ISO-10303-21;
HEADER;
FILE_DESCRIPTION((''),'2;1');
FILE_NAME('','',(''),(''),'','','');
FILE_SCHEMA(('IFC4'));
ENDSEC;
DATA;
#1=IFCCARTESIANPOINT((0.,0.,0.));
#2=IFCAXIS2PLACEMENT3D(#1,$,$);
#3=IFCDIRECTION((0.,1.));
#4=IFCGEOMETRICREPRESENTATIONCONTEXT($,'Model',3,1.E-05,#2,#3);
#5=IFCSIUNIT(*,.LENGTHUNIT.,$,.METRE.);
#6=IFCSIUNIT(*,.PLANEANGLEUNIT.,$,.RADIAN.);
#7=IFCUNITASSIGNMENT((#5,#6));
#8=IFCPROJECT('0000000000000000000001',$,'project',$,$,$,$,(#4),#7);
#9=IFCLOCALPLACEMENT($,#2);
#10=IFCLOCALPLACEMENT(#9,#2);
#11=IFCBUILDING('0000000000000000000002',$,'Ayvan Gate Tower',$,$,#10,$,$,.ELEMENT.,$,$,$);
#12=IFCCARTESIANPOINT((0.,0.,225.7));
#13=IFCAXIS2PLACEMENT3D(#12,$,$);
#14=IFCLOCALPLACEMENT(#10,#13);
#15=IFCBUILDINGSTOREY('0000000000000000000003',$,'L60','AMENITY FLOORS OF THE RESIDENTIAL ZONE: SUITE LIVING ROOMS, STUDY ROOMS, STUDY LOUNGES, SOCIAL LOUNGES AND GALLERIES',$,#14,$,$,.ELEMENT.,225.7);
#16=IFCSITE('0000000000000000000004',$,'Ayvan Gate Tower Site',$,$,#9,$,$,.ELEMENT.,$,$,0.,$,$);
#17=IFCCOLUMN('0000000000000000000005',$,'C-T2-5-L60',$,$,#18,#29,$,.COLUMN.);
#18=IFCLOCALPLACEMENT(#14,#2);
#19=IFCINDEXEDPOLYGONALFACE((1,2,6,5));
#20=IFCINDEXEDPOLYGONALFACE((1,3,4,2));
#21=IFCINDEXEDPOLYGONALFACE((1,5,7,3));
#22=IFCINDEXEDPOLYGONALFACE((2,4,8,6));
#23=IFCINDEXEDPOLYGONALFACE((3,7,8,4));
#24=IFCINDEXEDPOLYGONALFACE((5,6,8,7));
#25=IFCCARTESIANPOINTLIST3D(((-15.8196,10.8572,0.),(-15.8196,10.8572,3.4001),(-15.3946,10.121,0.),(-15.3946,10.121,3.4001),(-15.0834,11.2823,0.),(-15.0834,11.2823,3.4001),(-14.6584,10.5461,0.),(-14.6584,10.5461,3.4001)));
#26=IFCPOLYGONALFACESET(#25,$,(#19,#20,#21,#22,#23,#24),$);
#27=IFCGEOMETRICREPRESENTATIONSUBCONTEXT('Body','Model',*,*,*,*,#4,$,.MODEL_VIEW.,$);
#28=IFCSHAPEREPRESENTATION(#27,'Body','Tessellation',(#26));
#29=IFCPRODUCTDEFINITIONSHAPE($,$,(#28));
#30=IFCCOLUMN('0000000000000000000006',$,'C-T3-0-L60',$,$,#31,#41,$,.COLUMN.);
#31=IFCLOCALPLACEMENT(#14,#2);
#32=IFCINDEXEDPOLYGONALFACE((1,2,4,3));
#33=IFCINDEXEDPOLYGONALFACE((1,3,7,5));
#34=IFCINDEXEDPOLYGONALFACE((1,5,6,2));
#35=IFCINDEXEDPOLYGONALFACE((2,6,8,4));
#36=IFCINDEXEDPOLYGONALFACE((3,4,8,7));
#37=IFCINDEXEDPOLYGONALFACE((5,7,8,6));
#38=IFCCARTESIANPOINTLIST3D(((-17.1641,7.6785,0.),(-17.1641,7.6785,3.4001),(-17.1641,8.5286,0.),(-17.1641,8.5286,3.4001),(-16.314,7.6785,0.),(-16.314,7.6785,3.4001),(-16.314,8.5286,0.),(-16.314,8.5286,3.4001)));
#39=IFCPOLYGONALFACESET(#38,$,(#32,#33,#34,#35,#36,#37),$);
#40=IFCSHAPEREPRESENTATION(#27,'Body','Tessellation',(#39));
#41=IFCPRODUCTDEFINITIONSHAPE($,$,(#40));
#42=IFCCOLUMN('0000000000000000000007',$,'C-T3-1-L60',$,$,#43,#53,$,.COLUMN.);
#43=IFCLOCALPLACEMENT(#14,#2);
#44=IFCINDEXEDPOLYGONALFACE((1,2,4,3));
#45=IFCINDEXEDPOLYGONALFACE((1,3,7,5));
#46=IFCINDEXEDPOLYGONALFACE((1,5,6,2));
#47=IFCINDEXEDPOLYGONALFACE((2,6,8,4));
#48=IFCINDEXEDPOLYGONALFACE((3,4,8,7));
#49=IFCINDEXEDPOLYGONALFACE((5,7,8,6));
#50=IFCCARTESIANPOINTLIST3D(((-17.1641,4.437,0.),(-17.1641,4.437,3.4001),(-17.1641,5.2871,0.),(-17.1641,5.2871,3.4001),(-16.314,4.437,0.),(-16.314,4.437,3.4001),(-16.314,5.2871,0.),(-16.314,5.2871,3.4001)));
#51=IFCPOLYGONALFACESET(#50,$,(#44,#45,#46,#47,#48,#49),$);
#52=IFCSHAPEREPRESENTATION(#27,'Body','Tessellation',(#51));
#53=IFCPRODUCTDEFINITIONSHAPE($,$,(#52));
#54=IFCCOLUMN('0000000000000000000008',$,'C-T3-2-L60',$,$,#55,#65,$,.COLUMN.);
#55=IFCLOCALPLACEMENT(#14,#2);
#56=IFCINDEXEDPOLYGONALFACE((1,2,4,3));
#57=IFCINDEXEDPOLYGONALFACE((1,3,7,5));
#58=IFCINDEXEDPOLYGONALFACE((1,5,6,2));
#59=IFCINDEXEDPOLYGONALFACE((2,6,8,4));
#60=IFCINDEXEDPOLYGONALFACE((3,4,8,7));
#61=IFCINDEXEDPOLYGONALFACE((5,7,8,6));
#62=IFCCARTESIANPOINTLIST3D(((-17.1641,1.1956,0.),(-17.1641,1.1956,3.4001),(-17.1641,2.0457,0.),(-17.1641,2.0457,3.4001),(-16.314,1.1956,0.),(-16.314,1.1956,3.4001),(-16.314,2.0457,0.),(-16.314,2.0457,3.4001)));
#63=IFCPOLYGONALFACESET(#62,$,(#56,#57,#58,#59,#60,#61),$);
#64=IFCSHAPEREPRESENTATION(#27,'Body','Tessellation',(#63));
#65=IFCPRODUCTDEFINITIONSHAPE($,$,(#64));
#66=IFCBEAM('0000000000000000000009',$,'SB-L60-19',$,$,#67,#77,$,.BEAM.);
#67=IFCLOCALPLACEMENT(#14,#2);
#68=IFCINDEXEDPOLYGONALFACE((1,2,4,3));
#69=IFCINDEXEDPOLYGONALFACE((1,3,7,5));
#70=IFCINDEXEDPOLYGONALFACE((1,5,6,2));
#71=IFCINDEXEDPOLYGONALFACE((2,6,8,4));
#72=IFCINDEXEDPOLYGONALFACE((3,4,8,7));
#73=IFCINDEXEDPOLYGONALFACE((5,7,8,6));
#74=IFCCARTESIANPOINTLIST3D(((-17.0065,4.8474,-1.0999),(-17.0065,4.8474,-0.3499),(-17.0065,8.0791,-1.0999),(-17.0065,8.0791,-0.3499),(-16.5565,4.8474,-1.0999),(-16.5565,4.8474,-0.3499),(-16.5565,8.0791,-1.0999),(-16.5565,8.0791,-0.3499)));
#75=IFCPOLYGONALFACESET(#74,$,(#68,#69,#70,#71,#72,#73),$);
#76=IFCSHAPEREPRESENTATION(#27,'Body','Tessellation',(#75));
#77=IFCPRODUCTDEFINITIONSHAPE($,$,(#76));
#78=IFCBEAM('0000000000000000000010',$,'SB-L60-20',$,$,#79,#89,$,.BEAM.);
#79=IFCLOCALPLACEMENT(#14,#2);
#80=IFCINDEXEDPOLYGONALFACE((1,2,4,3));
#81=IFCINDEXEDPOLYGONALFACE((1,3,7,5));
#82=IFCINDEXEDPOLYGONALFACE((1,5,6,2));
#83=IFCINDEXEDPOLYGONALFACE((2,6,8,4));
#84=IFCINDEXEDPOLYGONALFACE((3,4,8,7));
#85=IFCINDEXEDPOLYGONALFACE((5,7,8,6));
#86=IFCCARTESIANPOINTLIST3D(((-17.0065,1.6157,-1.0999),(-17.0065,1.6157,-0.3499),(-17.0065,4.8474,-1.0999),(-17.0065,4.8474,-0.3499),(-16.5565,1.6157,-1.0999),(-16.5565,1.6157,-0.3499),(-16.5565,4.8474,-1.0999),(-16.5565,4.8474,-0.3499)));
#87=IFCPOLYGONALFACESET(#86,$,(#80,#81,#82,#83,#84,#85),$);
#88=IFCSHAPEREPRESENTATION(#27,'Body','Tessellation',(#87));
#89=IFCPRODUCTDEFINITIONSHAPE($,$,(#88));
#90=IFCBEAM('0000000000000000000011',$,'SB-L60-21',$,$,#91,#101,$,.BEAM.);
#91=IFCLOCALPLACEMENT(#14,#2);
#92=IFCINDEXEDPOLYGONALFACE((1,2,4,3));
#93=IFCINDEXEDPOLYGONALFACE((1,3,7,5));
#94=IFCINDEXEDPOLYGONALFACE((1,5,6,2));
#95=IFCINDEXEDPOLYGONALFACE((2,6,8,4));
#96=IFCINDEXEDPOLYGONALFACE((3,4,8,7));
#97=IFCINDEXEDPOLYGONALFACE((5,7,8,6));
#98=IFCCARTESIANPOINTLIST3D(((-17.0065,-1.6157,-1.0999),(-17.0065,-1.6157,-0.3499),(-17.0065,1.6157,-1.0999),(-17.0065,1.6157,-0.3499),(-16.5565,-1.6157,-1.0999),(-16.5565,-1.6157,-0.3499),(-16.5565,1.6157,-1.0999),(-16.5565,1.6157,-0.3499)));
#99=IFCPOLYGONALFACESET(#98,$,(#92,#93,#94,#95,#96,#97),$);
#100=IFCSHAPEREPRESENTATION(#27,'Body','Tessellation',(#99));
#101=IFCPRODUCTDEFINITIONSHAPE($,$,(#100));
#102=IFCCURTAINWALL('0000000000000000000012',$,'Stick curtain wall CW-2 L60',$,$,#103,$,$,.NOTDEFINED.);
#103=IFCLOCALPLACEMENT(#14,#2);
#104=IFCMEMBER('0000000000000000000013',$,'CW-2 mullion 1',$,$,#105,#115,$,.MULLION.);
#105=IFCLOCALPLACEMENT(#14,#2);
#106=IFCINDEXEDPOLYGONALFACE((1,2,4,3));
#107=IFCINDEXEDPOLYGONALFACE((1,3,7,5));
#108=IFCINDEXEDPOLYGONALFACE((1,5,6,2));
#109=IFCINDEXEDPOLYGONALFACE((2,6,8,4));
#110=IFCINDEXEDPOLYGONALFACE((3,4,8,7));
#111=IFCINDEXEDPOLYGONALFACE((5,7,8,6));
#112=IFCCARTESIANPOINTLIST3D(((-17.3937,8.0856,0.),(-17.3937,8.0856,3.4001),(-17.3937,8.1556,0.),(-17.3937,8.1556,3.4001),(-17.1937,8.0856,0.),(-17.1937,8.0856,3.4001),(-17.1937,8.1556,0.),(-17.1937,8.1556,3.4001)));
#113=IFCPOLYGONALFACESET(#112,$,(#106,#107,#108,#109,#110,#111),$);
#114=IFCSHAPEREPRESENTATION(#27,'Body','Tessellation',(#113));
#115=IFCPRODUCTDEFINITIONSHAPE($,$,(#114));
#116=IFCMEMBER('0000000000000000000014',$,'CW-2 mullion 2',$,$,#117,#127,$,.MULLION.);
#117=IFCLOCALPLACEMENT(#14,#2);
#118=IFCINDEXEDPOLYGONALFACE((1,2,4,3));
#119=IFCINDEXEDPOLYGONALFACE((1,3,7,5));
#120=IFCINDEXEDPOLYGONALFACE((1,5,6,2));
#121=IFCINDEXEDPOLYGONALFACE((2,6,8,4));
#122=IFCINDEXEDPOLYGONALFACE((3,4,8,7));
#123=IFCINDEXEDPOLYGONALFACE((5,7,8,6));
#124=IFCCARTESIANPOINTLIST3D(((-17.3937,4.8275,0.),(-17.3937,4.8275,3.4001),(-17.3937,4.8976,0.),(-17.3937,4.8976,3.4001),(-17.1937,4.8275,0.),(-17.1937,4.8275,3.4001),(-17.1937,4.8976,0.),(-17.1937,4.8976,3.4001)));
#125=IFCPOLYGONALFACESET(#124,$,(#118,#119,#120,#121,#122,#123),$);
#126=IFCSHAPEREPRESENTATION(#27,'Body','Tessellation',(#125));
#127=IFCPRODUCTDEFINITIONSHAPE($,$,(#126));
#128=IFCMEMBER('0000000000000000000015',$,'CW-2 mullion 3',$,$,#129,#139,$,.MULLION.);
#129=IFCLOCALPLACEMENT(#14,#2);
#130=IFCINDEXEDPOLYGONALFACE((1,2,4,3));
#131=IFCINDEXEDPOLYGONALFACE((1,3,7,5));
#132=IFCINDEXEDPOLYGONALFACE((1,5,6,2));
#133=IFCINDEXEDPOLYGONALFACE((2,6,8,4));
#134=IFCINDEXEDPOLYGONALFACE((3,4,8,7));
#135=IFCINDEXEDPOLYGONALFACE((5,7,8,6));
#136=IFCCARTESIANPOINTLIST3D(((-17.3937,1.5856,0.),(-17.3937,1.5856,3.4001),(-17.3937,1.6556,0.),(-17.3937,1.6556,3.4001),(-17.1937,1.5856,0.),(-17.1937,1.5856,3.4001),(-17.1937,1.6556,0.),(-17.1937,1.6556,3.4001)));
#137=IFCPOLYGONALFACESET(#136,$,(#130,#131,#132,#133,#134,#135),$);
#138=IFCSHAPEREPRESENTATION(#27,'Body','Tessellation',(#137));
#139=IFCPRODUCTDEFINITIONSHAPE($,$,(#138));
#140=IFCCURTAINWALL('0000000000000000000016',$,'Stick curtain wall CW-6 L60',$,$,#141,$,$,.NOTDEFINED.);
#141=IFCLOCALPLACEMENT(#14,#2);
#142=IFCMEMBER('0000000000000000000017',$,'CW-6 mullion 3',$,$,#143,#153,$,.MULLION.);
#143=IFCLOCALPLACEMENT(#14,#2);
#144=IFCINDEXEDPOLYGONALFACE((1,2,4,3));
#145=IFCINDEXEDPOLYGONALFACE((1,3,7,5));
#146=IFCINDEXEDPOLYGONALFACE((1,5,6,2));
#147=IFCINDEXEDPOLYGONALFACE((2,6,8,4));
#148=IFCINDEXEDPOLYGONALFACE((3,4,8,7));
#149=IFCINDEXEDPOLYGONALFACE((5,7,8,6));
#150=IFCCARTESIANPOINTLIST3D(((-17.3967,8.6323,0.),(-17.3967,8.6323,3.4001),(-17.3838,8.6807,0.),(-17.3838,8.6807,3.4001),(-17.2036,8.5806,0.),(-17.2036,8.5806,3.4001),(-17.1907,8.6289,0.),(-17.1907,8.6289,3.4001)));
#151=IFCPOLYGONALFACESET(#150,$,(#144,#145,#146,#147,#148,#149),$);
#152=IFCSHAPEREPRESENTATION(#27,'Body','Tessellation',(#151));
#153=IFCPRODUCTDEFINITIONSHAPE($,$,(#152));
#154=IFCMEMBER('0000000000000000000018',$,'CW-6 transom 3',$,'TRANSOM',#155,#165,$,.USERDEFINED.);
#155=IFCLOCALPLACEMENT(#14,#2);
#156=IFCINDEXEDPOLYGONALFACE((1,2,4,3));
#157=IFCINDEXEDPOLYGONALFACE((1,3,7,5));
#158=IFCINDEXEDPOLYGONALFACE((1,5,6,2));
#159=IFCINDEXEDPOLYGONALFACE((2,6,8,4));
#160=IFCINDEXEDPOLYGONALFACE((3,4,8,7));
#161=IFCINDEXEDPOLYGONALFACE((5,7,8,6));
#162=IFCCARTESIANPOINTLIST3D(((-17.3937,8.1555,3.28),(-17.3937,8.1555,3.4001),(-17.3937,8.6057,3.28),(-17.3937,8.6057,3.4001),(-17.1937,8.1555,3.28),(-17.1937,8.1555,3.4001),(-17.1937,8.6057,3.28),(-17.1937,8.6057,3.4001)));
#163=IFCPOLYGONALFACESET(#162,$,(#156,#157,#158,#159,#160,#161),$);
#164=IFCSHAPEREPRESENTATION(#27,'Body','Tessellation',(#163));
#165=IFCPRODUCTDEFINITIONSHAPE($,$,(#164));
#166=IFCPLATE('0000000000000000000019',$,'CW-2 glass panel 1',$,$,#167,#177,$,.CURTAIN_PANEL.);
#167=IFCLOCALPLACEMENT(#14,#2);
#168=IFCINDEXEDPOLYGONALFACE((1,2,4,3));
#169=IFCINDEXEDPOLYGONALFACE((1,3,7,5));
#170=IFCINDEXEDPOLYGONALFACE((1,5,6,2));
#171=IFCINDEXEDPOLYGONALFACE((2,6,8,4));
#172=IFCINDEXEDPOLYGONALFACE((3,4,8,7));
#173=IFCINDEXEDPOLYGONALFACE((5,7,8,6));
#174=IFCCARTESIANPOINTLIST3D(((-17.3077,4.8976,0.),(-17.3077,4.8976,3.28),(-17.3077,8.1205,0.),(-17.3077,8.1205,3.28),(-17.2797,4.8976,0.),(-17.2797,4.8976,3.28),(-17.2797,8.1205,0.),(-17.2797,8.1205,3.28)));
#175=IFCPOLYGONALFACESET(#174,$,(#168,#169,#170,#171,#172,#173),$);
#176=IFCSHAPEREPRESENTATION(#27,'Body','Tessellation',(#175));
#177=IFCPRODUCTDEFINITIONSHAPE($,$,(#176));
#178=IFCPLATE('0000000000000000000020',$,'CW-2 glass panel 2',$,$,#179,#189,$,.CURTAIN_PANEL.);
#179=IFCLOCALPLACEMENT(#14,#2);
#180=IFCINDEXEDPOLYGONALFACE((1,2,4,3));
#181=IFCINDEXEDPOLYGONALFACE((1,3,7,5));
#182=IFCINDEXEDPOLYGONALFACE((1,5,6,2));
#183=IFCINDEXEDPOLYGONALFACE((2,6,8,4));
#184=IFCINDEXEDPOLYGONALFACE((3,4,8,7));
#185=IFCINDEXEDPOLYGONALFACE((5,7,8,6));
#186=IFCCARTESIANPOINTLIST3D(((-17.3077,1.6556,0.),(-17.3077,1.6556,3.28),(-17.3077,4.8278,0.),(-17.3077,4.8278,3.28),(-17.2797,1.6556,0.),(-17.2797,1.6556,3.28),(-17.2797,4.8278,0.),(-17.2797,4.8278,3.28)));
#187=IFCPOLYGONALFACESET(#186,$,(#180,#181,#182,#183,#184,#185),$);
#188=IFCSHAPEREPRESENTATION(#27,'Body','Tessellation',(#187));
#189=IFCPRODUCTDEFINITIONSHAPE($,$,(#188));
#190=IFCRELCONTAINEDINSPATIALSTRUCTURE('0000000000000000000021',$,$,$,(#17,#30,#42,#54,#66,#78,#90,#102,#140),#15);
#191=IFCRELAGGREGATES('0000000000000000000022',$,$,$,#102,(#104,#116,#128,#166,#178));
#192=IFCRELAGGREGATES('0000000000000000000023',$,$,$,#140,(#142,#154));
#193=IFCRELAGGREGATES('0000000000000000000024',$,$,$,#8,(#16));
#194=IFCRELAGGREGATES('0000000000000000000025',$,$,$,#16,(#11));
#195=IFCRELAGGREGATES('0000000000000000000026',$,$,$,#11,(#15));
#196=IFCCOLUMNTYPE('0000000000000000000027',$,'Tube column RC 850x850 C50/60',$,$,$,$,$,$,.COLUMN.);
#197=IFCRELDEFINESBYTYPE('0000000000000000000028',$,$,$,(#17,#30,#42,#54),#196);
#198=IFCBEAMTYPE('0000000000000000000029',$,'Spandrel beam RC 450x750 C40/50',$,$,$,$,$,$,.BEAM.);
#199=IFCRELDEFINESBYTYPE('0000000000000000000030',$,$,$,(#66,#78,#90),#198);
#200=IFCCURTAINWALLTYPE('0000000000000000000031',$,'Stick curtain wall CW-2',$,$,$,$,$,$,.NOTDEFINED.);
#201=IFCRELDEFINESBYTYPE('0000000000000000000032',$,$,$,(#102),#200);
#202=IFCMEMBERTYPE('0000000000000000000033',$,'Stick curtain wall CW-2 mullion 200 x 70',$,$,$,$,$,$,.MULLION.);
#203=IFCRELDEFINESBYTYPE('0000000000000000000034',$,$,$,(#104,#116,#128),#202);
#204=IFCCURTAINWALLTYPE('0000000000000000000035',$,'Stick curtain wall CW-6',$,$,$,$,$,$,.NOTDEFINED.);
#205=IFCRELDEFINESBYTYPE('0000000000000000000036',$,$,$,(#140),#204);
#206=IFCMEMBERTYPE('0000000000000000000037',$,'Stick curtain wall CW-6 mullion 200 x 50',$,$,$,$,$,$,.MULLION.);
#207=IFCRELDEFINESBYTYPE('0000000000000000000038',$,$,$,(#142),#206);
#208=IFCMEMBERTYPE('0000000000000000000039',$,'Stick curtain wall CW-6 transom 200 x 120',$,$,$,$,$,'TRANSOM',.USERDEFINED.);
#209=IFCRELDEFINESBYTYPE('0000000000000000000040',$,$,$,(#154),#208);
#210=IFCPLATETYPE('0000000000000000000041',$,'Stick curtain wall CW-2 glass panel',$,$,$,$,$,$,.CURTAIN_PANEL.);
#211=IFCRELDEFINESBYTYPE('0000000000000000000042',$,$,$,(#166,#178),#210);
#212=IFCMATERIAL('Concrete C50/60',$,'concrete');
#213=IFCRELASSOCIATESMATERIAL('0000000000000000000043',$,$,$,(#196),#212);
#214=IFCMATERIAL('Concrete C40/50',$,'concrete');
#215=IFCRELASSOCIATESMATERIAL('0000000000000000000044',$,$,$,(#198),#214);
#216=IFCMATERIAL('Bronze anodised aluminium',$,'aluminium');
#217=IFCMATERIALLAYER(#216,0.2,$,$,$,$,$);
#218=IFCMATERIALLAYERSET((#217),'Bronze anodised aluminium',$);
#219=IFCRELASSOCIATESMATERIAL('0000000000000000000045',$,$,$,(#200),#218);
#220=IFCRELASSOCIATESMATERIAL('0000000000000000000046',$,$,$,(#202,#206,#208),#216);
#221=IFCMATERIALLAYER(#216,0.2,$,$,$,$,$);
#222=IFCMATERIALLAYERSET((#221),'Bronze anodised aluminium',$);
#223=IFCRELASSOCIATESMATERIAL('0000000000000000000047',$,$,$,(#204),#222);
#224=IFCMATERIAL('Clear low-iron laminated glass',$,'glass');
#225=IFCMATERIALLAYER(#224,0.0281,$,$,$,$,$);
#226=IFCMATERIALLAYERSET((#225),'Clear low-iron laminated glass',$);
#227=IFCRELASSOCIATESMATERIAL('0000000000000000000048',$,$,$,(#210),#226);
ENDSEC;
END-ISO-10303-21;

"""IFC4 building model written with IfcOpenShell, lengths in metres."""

from ifc_helpers import new_model, si_unit, direction, frame, origin, origin_2d, place, context, subcontext, project, spatial, rectangle, extrude, material, layer, layer_set, material_profile, profile_set, type_object, element, aggregate, save


model = new_model("IFC4")

# Units and contexts
model_context = context("Model", 3, precision=1e-05, world=origin(), true_north=direction((0.0, 1.0)))
body_context = subcontext(model_context, "Body", "Model", "MODEL_VIEW")
ifc_project = project(units=[si_unit("LENGTHUNIT", "METRE"), si_unit("PLANEANGLEUNIT", "RADIAN")], contexts=[model_context])

# Site, building, storey
site_placement = place(None, origin())
site = spatial("IfcSite", under=ifc_project, at=site_placement, Name="Ayvan Gate Tower Site", CompositionType="ELEMENT", RefElevation=0.0)
building_placement = place(site_placement, origin())
building = spatial("IfcBuilding", under=site, at=building_placement, Name="Ayvan Gate Tower", CompositionType="ELEMENT")
storey_placement = place(building_placement, frame((0.0, 0.0, 225.7)))
storey = spatial("IfcBuildingStorey", under=building, at=storey_placement, Name="L60", Description="AMENITY FLOORS OF THE RESIDENTIAL ZONE: SUITE LIVING ROOMS, STUDY ROOMS, STUDY LOUNGES, SOCIAL LOUNGES AND GALLERIES", CompositionType="ELEMENT", Elevation=225.7)

# Columns
ifc_material_1 = material(Name="Concrete C50/60", Category="concrete")
ifc_material_profile_1 = material_profile(ifc_material_1, rectangle(XDim=0.8501, YDim=0.8501, at=origin_2d()), Name="RC 850x850")
ifc_profile_set_1 = profile_set([ifc_material_profile_1], Name="Concrete C50/60")
column_type = type_object("IfcColumnType", Name="Tube column RC 850x850 C50/60", PredefinedType="COLUMN", material=ifc_profile_set_1)
for number, where, z_axis, x_axis, name in (
    (1, (-15.239, 10.7017, 0.0), (0.0, 0.0, 1.0), (-0.5, 0.866025, 0.0), "C-T2-5-L60"),
    (2, (-16.739, 8.1035, 0.0), (0.0, 0.0, 1.0), (-1.0, 0.0, 0.0), "C-T3-0-L60"),
    (3, (-16.739, 4.8621, 0.0), (0.0, 0.0, 1.0), (-1.0, 0.0, 0.0), "C-T3-1-L60"),
    (4, (-16.739, 1.6206, 0.0), (0.0, 0.0, 1.0), (-1.0, 0.0, 0.0), "C-T3-2-L60"),
):
    element("IfcColumn", number, at=place(storey_placement, frame(where, z_axis=z_axis, x_axis=x_axis)), inside=storey, type_object=column_type, Name=name, PredefinedType="COLUMN", context=body_context, shape_type="SweptSolid", body=[
        extrude(rectangle(XDim=0.8501, YDim=0.8501, at=origin_2d()), origin(), (0.0, 0.0, 1.0), 3.4001),
    ])

# Beams
ifc_material_2 = material(Name="Concrete C40/50", Category="concrete")
ifc_material_profile_2 = material_profile(ifc_material_2, rectangle(XDim=0.45, YDim=0.75, at=origin_2d()), Name="RC 450x750")
ifc_profile_set_2 = profile_set([ifc_material_profile_2], Name="Concrete C40/50")
beam_type = type_object("IfcBeamType", Name="Spandrel beam RC 450x750 C40/50", PredefinedType="BEAM", material=ifc_profile_set_2)
for number, where, z_axis, x_axis, name in (
    (5, (-16.7815, 8.0791, -0.7249), (0.0, -1.0, 0.0), (1.0, 0.0, 0.0), "SB-L60-19"),
    (6, (-16.7815, 4.8474, -0.7249), (0.0, -1.0, 0.0), (1.0, 0.0, 0.0), "SB-L60-20"),
):
    element("IfcBeam", number, at=place(storey_placement, frame(where, z_axis=z_axis, x_axis=x_axis)), inside=storey, type_object=beam_type, Name=name, PredefinedType="BEAM", context=body_context, shape_type="SweptSolid", body=[
        extrude(rectangle(XDim=0.45, YDim=0.75, at=origin_2d()), origin(), (0.0, 0.0, 1.0), 3.2317),
    ])
beam_placement = place(storey_placement, frame((-16.7815, 1.6157, -0.7249), z_axis=(0.0, -1.0, 0.0), x_axis=(1.0, 0.0, 0.0)))
element("IfcBeam", 7, at=beam_placement, inside=storey, type_object=beam_type, Name="SB-L60-21", PredefinedType="BEAM", context=body_context, shape_type="SweptSolid", body=[
    extrude(rectangle(XDim=0.45, YDim=0.75, at=origin_2d()), origin(), (0.0, 0.0, 1.0), 3.2314),
])

# Curtain walls, members
ifc_material_3 = material(Name="Bronze anodised aluminium", Category="aluminium")
ifc_layer_1 = layer(ifc_material_3, 0.2)
ifc_layer_set_1 = layer_set([ifc_layer_1], Name="Bronze anodised aluminium")
curtain_wall_type_1 = type_object("IfcCurtainWallType", Name="Stick curtain wall CW-2", PredefinedType="NOTDEFINED", material=ifc_layer_set_1)
curtain_wall_1_placement = place(storey_placement, origin())
curtain_wall_1 = element("IfcCurtainWall", 8, at=curtain_wall_1_placement, inside=storey, type_object=curtain_wall_type_1, Name="Stick curtain wall CW-2 L60", PredefinedType="NOTDEFINED")
ifc_material_profile_3 = material_profile(ifc_material_3, rectangle(XDim=0.2, YDim=0.0701, at=origin_2d()), Name="Stick curtain wall CW-2 mullion 200 x 70")
ifc_profile_set_3 = profile_set([ifc_material_profile_3], Name="Bronze anodised aluminium")
member_type_1 = type_object("IfcMemberType", Name="Stick curtain wall CW-2 mullion 200 x 70", PredefinedType="MULLION", material=ifc_profile_set_3)
member_1_placement = place(storey_placement, frame((-17.2937, 8.1206, 0.0), z_axis=(0.0, 0.0, 1.0), x_axis=(-1.0, 0.0, 0.0)))
member_1 = element("IfcMember", 9, at=member_1_placement, type_object=member_type_1, Name="CW-2 mullion 1", PredefinedType="MULLION", context=body_context, shape_type="SweptSolid", body=[
    extrude(rectangle(XDim=0.2, YDim=0.0701, at=origin_2d()), origin(), (0.0, 0.0, 1.0), 3.4001),
])
member_2_placement = place(storey_placement, frame((-17.2937, 4.8625, 0.0), z_axis=(0.0, 0.0, 1.0), x_axis=(-1.0, 0.0, 0.0)))
member_2 = element("IfcMember", 10, at=member_2_placement, type_object=member_type_1, Name="CW-2 mullion 2", PredefinedType="MULLION", context=body_context, shape_type="SweptSolid", body=[
    extrude(rectangle(XDim=0.2, YDim=0.0701, at=origin_2d()), origin(), (0.0, 0.0, 1.0), 3.4001),
])
member_3_placement = place(storey_placement, frame((-17.2937, 1.6206, 0.0), z_axis=(0.0, 0.0, 1.0), x_axis=(-1.0, 0.0, 0.0)))
member_3 = element("IfcMember", 11, at=member_3_placement, type_object=member_type_1, Name="CW-2 mullion 3", PredefinedType="MULLION", context=body_context, shape_type="SweptSolid", body=[
    extrude(rectangle(XDim=0.2, YDim=0.0701, at=origin_2d()), origin(), (0.0, 0.0, 1.0), 3.4001),
])
ifc_layer_2 = layer(ifc_material_3, 0.2)
ifc_layer_set_2 = layer_set([ifc_layer_2], Name="Bronze anodised aluminium")
curtain_wall_type_2 = type_object("IfcCurtainWallType", Name="Stick curtain wall CW-6", PredefinedType="NOTDEFINED", material=ifc_layer_set_2)
curtain_wall_2_placement = place(storey_placement, origin())
curtain_wall_2 = element("IfcCurtainWall", 12, at=curtain_wall_2_placement, inside=storey, type_object=curtain_wall_type_2, Name="Stick curtain wall CW-6 L60", PredefinedType="NOTDEFINED")
ifc_material_profile_4 = material_profile(ifc_material_3, rectangle(XDim=0.2, YDim=0.05, at=origin_2d()), Name="Stick curtain wall CW-6 mullion 200 x 50")
ifc_profile_set_4 = profile_set([ifc_material_profile_4], Name="Bronze anodised aluminium")
member_type_2 = type_object("IfcMemberType", Name="Stick curtain wall CW-6 mullion 200 x 50", PredefinedType="MULLION", material=ifc_profile_set_4)
member_4_placement = place(storey_placement, frame((-17.2937, 8.6306, 0.0), z_axis=(0.0, 0.0, 1.0), x_axis=(-0.965926, 0.258819, 0.0)))
member_4 = element("IfcMember", 13, at=member_4_placement, type_object=member_type_2, Name="CW-6 mullion 3", PredefinedType="MULLION", context=body_context, shape_type="SweptSolid", body=[
    extrude(rectangle(XDim=0.2, YDim=0.05, at=origin_2d()), origin(), (0.0, 0.0, 1.0), 3.4001),
])
ifc_material_profile_5 = material_profile(ifc_material_3, rectangle(XDim=0.2, YDim=0.1201, at=origin_2d()), Name="Stick curtain wall CW-6 transom 200 x 120")
ifc_profile_set_5 = profile_set([ifc_material_profile_5], Name="Bronze anodised aluminium")
member_type_3 = type_object("IfcMemberType", Name="Stick curtain wall CW-6 transom 200 x 120", ElementType="TRANSOM", PredefinedType="USERDEFINED", material=ifc_profile_set_5)
member_5_placement = place(storey_placement, frame((-17.2937, 8.6057, 3.3401), z_axis=(0.0, -1.0, 0.0), x_axis=(1.0, 0.0, 0.0)))
member_5 = element("IfcMember", 14, at=member_5_placement, type_object=member_type_3, Name="CW-6 transom 3", ObjectType="TRANSOM", PredefinedType="USERDEFINED", context=body_context, shape_type="SweptSolid", body=[
    extrude(rectangle(XDim=0.2, YDim=0.1201, at=origin_2d()), origin(), (0.0, 0.0, 1.0), 0.4502),
])

# Plates
ifc_material_4 = material(Name="Clear low-iron laminated glass", Category="glass")
ifc_layer_3 = layer(ifc_material_4, 0.0281)
ifc_layer_set_3 = layer_set([ifc_layer_3], Name="Clear low-iron laminated glass")
plate_type_1 = type_object("IfcPlateType", Name="Stick curtain wall CW-2 glass panel", PredefinedType="CURTAIN_PANEL", material=ifc_layer_set_3)
plate_1_placement = place(storey_placement, frame((-17.2937, 6.509, 0.0), z_axis=(0.0, 0.0, 1.0), x_axis=(0.0, -1.0, 0.0)))
plate_1 = element("IfcPlate", 15, at=plate_1_placement, type_object=plate_type_1, Name="CW-2 glass panel 1", PredefinedType="CURTAIN_PANEL", context=body_context, shape_type="SweptSolid", body=[
    extrude(rectangle(XDim=3.2229, YDim=0.0281, at=origin_2d()), origin(), (0.0, 0.0, 1.0), 3.28),
])
plate_2_placement = place(storey_placement, frame((-17.2937, 3.2417, 0.0), z_axis=(0.0, 0.0, 1.0), x_axis=(0.0, -1.0, 0.0)))
plate_2 = element("IfcPlate", 16, at=plate_2_placement, type_object=plate_type_1, Name="CW-2 glass panel 2", PredefinedType="CURTAIN_PANEL", context=body_context, shape_type="SweptSolid", body=[
    extrude(rectangle(XDim=3.1721, YDim=0.0281, at=origin_2d()), origin(), (0.0, 0.0, 1.0), 3.28),
])
aggregate(curtain_wall_1, [member_1, member_2, member_3, plate_1, plate_2])
aggregate(curtain_wall_2, [member_4, member_5])

save(model, "model.ifc")
